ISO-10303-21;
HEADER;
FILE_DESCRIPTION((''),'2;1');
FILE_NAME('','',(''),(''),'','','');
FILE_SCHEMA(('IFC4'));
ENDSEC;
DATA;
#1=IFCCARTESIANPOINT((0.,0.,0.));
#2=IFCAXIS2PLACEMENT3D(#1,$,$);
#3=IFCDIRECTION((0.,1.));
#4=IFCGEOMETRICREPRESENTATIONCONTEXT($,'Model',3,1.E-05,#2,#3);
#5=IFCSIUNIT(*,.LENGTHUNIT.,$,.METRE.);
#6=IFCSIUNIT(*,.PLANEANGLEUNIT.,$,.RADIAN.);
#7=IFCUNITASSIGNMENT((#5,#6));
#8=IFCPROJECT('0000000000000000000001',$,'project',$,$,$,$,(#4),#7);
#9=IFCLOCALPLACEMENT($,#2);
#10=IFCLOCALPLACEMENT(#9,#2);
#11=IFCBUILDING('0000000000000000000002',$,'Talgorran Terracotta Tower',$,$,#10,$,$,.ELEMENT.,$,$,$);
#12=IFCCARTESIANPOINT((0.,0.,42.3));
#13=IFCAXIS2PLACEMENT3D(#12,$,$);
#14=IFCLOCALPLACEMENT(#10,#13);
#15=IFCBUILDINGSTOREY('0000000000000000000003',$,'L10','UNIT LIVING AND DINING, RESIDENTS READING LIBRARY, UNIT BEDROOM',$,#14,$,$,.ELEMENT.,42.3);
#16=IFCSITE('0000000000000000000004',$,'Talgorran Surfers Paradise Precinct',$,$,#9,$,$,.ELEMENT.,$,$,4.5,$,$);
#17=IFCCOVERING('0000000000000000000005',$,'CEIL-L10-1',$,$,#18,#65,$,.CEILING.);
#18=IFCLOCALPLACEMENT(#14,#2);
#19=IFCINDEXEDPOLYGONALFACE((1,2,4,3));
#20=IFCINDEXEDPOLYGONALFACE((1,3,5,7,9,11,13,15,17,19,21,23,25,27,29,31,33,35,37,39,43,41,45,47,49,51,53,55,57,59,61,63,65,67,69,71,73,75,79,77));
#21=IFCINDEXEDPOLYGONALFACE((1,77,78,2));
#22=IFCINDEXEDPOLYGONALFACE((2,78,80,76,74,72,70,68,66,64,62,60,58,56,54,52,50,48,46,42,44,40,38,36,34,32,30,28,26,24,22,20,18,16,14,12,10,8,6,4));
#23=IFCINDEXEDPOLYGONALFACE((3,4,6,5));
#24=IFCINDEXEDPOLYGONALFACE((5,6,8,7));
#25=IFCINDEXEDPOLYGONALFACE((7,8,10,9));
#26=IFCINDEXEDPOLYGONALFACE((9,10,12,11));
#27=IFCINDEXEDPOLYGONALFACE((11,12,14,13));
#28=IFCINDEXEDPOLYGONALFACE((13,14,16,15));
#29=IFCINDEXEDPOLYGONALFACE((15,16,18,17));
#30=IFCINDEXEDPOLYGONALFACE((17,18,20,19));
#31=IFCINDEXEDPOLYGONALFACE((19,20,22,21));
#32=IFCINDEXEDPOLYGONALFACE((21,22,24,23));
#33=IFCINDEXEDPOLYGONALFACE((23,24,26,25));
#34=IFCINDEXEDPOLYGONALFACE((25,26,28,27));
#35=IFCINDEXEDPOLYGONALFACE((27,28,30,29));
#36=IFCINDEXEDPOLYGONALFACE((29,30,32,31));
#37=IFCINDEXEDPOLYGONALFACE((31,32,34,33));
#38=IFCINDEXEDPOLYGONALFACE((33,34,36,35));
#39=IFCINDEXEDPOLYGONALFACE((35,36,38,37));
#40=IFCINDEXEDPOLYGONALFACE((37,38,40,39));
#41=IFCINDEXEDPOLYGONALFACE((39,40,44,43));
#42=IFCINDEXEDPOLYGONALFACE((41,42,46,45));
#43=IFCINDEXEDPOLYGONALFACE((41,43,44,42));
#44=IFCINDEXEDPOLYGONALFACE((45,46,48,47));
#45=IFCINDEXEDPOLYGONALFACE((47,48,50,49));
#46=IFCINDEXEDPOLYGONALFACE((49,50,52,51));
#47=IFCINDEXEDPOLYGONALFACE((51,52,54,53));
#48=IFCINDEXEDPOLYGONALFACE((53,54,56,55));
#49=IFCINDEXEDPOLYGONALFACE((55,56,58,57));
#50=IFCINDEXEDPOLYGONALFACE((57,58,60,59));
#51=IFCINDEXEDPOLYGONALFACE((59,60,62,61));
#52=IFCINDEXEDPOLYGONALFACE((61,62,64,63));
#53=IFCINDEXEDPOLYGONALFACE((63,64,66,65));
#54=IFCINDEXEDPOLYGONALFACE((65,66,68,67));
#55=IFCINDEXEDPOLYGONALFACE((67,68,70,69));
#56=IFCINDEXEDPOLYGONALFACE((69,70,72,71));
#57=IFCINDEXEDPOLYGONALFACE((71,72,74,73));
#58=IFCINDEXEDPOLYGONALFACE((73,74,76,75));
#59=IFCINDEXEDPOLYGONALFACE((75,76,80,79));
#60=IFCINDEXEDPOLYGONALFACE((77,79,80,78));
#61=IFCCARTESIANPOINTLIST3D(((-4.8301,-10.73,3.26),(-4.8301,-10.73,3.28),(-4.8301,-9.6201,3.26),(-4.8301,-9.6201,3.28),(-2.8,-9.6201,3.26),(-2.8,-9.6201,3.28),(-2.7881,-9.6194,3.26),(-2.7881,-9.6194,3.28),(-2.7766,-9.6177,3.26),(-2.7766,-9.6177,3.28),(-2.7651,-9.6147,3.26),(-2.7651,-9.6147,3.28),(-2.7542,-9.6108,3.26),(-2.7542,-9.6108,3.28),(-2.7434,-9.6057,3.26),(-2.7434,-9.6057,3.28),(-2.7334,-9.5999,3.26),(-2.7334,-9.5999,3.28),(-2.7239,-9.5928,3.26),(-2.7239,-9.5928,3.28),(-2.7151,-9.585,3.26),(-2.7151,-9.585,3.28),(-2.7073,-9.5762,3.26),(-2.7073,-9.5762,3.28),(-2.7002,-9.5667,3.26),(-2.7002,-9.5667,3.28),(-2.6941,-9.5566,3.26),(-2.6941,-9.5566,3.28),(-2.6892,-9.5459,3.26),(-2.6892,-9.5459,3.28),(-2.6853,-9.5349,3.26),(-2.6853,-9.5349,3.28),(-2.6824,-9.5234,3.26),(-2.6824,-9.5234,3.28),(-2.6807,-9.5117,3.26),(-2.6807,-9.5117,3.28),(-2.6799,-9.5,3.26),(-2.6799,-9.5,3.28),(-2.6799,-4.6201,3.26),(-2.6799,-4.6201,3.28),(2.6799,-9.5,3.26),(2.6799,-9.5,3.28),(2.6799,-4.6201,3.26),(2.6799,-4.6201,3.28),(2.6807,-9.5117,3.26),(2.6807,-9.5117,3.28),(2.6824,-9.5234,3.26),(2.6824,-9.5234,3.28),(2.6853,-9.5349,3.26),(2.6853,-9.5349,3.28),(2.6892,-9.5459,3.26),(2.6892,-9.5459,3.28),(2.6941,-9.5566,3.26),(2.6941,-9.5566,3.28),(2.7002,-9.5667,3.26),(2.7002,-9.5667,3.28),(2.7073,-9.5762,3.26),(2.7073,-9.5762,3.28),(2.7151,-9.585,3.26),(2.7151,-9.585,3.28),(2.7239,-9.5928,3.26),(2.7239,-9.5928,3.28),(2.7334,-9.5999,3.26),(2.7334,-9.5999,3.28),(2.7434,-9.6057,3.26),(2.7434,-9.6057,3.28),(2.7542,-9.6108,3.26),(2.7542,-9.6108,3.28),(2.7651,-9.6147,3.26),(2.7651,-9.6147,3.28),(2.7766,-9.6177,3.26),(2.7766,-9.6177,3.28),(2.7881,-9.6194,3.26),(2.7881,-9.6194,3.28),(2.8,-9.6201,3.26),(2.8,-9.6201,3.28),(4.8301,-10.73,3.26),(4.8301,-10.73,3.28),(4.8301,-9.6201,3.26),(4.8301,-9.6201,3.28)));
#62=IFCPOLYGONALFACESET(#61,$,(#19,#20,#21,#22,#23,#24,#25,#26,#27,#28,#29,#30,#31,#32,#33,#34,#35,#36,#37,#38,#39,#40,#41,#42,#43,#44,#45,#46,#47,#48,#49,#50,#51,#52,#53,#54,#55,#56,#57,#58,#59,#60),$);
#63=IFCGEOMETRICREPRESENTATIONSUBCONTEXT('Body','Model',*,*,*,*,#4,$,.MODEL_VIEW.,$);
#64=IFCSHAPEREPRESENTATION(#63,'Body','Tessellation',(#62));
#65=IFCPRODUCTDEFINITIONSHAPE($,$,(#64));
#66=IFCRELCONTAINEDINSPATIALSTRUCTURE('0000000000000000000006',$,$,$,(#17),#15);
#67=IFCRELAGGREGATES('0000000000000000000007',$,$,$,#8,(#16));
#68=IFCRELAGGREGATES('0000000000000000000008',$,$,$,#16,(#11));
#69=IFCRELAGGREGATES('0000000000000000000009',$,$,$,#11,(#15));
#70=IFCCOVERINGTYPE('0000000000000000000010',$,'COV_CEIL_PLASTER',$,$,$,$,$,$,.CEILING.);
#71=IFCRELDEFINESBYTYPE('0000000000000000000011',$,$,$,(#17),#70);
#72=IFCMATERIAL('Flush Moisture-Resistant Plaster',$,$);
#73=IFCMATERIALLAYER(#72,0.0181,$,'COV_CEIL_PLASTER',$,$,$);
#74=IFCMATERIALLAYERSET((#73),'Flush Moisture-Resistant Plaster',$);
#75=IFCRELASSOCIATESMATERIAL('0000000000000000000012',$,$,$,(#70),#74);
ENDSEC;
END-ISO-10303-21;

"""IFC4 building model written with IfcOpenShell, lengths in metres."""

from ifc_helpers import new_model, si_unit, direction, frame, origin, place, context, subcontext, project, spatial, polyline, outline, extrude, material, layer, layer_set, type_object, element, save


model = new_model("IFC4")

# Units and contexts
model_context = context("Model", 3, precision=1e-05, world=origin(), true_north=direction((0.0, 1.0)))
body_context = subcontext(model_context, "Body", "Model", "MODEL_VIEW")
ifc_project = project(units=[si_unit("LENGTHUNIT", "METRE"), si_unit("PLANEANGLEUNIT", "RADIAN")], contexts=[model_context])

# Site, building, storey
site_placement = place(None, origin())
site = spatial("IfcSite", under=ifc_project, at=site_placement, Name="Talgorran Surfers Paradise Precinct", CompositionType="ELEMENT", RefElevation=4.5)
building_placement = place(site_placement, origin())
building = spatial("IfcBuilding", under=site, at=building_placement, Name="Talgorran Terracotta Tower", CompositionType="ELEMENT")
storey_placement = place(building_placement, frame((0.0, 0.0, 42.3)))
storey = spatial("IfcBuildingStorey", under=building, at=storey_placement, Name="L10", Description="UNIT LIVING AND DINING, RESIDENTS READING LIBRARY, UNIT BEDROOM", CompositionType="ELEMENT", Elevation=42.3)

# Covering
ifc_material_1 = material(Name="Flush Moisture-Resistant Plaster")
ifc_layer_1 = layer(ifc_material_1, 0.0181, Name="COV_CEIL_PLASTER")
ifc_layer_set_1 = layer_set([ifc_layer_1], Name="Flush Moisture-Resistant Plaster")
covering_type_1 = type_object("IfcCoveringType", Name="COV_CEIL_PLASTER", PredefinedType="CEILING", material=ifc_layer_set_1)
covering_1_placement = place(storey_placement, frame((0.0, 0.0, 3.26)))
element("IfcCovering", 1, at=covering_1_placement, inside=storey, type_object=covering_type_1, Name="CEIL-L10-1", PredefinedType="CEILING", context=body_context, shape_type="SweptSolid", body=[
    extrude(outline(polyline([(-4.8301, -9.6201), (-2.8, -9.6201), (-2.7881, -9.6194), (-2.7766, -9.6177), (-2.7651, -9.6147), (-2.7542, -9.6108), (-2.7434, -9.6057), (-2.7334, -9.5999), (-2.7239, -9.5928), (-2.7151, -9.585), (-2.7073, -9.5762), (-2.7002, -9.5667), (-2.6941, -9.5566), (-2.6892, -9.5459), (-2.6853, -9.5349), (-2.6824, -9.5234), (-2.6807, -9.5117), (-2.6799, -9.5), (-2.6799, -4.6201), (2.6799, -4.6201), (2.6799, -9.5), (2.6807, -9.5117), (2.6824, -9.5234), (2.6853, -9.5349), (2.6892, -9.5459), (2.6941, -9.5566), (2.7002, -9.5667), (2.7073, -9.5762), (2.7151, -9.585), (2.7239, -9.5928), (2.7334, -9.5999), (2.7434, -9.6057), (2.7542, -9.6108), (2.7651, -9.6147), (2.7766, -9.6177), (2.7881, -9.6194), (2.8, -9.6201), (4.8301, -9.6201), (4.8301, -10.73), (-4.8301, -10.73), (-4.8301, -9.6201)])), origin(), (0.0, 0.0, 1.0), 0.02),
])

save(model, "model.ifc")
